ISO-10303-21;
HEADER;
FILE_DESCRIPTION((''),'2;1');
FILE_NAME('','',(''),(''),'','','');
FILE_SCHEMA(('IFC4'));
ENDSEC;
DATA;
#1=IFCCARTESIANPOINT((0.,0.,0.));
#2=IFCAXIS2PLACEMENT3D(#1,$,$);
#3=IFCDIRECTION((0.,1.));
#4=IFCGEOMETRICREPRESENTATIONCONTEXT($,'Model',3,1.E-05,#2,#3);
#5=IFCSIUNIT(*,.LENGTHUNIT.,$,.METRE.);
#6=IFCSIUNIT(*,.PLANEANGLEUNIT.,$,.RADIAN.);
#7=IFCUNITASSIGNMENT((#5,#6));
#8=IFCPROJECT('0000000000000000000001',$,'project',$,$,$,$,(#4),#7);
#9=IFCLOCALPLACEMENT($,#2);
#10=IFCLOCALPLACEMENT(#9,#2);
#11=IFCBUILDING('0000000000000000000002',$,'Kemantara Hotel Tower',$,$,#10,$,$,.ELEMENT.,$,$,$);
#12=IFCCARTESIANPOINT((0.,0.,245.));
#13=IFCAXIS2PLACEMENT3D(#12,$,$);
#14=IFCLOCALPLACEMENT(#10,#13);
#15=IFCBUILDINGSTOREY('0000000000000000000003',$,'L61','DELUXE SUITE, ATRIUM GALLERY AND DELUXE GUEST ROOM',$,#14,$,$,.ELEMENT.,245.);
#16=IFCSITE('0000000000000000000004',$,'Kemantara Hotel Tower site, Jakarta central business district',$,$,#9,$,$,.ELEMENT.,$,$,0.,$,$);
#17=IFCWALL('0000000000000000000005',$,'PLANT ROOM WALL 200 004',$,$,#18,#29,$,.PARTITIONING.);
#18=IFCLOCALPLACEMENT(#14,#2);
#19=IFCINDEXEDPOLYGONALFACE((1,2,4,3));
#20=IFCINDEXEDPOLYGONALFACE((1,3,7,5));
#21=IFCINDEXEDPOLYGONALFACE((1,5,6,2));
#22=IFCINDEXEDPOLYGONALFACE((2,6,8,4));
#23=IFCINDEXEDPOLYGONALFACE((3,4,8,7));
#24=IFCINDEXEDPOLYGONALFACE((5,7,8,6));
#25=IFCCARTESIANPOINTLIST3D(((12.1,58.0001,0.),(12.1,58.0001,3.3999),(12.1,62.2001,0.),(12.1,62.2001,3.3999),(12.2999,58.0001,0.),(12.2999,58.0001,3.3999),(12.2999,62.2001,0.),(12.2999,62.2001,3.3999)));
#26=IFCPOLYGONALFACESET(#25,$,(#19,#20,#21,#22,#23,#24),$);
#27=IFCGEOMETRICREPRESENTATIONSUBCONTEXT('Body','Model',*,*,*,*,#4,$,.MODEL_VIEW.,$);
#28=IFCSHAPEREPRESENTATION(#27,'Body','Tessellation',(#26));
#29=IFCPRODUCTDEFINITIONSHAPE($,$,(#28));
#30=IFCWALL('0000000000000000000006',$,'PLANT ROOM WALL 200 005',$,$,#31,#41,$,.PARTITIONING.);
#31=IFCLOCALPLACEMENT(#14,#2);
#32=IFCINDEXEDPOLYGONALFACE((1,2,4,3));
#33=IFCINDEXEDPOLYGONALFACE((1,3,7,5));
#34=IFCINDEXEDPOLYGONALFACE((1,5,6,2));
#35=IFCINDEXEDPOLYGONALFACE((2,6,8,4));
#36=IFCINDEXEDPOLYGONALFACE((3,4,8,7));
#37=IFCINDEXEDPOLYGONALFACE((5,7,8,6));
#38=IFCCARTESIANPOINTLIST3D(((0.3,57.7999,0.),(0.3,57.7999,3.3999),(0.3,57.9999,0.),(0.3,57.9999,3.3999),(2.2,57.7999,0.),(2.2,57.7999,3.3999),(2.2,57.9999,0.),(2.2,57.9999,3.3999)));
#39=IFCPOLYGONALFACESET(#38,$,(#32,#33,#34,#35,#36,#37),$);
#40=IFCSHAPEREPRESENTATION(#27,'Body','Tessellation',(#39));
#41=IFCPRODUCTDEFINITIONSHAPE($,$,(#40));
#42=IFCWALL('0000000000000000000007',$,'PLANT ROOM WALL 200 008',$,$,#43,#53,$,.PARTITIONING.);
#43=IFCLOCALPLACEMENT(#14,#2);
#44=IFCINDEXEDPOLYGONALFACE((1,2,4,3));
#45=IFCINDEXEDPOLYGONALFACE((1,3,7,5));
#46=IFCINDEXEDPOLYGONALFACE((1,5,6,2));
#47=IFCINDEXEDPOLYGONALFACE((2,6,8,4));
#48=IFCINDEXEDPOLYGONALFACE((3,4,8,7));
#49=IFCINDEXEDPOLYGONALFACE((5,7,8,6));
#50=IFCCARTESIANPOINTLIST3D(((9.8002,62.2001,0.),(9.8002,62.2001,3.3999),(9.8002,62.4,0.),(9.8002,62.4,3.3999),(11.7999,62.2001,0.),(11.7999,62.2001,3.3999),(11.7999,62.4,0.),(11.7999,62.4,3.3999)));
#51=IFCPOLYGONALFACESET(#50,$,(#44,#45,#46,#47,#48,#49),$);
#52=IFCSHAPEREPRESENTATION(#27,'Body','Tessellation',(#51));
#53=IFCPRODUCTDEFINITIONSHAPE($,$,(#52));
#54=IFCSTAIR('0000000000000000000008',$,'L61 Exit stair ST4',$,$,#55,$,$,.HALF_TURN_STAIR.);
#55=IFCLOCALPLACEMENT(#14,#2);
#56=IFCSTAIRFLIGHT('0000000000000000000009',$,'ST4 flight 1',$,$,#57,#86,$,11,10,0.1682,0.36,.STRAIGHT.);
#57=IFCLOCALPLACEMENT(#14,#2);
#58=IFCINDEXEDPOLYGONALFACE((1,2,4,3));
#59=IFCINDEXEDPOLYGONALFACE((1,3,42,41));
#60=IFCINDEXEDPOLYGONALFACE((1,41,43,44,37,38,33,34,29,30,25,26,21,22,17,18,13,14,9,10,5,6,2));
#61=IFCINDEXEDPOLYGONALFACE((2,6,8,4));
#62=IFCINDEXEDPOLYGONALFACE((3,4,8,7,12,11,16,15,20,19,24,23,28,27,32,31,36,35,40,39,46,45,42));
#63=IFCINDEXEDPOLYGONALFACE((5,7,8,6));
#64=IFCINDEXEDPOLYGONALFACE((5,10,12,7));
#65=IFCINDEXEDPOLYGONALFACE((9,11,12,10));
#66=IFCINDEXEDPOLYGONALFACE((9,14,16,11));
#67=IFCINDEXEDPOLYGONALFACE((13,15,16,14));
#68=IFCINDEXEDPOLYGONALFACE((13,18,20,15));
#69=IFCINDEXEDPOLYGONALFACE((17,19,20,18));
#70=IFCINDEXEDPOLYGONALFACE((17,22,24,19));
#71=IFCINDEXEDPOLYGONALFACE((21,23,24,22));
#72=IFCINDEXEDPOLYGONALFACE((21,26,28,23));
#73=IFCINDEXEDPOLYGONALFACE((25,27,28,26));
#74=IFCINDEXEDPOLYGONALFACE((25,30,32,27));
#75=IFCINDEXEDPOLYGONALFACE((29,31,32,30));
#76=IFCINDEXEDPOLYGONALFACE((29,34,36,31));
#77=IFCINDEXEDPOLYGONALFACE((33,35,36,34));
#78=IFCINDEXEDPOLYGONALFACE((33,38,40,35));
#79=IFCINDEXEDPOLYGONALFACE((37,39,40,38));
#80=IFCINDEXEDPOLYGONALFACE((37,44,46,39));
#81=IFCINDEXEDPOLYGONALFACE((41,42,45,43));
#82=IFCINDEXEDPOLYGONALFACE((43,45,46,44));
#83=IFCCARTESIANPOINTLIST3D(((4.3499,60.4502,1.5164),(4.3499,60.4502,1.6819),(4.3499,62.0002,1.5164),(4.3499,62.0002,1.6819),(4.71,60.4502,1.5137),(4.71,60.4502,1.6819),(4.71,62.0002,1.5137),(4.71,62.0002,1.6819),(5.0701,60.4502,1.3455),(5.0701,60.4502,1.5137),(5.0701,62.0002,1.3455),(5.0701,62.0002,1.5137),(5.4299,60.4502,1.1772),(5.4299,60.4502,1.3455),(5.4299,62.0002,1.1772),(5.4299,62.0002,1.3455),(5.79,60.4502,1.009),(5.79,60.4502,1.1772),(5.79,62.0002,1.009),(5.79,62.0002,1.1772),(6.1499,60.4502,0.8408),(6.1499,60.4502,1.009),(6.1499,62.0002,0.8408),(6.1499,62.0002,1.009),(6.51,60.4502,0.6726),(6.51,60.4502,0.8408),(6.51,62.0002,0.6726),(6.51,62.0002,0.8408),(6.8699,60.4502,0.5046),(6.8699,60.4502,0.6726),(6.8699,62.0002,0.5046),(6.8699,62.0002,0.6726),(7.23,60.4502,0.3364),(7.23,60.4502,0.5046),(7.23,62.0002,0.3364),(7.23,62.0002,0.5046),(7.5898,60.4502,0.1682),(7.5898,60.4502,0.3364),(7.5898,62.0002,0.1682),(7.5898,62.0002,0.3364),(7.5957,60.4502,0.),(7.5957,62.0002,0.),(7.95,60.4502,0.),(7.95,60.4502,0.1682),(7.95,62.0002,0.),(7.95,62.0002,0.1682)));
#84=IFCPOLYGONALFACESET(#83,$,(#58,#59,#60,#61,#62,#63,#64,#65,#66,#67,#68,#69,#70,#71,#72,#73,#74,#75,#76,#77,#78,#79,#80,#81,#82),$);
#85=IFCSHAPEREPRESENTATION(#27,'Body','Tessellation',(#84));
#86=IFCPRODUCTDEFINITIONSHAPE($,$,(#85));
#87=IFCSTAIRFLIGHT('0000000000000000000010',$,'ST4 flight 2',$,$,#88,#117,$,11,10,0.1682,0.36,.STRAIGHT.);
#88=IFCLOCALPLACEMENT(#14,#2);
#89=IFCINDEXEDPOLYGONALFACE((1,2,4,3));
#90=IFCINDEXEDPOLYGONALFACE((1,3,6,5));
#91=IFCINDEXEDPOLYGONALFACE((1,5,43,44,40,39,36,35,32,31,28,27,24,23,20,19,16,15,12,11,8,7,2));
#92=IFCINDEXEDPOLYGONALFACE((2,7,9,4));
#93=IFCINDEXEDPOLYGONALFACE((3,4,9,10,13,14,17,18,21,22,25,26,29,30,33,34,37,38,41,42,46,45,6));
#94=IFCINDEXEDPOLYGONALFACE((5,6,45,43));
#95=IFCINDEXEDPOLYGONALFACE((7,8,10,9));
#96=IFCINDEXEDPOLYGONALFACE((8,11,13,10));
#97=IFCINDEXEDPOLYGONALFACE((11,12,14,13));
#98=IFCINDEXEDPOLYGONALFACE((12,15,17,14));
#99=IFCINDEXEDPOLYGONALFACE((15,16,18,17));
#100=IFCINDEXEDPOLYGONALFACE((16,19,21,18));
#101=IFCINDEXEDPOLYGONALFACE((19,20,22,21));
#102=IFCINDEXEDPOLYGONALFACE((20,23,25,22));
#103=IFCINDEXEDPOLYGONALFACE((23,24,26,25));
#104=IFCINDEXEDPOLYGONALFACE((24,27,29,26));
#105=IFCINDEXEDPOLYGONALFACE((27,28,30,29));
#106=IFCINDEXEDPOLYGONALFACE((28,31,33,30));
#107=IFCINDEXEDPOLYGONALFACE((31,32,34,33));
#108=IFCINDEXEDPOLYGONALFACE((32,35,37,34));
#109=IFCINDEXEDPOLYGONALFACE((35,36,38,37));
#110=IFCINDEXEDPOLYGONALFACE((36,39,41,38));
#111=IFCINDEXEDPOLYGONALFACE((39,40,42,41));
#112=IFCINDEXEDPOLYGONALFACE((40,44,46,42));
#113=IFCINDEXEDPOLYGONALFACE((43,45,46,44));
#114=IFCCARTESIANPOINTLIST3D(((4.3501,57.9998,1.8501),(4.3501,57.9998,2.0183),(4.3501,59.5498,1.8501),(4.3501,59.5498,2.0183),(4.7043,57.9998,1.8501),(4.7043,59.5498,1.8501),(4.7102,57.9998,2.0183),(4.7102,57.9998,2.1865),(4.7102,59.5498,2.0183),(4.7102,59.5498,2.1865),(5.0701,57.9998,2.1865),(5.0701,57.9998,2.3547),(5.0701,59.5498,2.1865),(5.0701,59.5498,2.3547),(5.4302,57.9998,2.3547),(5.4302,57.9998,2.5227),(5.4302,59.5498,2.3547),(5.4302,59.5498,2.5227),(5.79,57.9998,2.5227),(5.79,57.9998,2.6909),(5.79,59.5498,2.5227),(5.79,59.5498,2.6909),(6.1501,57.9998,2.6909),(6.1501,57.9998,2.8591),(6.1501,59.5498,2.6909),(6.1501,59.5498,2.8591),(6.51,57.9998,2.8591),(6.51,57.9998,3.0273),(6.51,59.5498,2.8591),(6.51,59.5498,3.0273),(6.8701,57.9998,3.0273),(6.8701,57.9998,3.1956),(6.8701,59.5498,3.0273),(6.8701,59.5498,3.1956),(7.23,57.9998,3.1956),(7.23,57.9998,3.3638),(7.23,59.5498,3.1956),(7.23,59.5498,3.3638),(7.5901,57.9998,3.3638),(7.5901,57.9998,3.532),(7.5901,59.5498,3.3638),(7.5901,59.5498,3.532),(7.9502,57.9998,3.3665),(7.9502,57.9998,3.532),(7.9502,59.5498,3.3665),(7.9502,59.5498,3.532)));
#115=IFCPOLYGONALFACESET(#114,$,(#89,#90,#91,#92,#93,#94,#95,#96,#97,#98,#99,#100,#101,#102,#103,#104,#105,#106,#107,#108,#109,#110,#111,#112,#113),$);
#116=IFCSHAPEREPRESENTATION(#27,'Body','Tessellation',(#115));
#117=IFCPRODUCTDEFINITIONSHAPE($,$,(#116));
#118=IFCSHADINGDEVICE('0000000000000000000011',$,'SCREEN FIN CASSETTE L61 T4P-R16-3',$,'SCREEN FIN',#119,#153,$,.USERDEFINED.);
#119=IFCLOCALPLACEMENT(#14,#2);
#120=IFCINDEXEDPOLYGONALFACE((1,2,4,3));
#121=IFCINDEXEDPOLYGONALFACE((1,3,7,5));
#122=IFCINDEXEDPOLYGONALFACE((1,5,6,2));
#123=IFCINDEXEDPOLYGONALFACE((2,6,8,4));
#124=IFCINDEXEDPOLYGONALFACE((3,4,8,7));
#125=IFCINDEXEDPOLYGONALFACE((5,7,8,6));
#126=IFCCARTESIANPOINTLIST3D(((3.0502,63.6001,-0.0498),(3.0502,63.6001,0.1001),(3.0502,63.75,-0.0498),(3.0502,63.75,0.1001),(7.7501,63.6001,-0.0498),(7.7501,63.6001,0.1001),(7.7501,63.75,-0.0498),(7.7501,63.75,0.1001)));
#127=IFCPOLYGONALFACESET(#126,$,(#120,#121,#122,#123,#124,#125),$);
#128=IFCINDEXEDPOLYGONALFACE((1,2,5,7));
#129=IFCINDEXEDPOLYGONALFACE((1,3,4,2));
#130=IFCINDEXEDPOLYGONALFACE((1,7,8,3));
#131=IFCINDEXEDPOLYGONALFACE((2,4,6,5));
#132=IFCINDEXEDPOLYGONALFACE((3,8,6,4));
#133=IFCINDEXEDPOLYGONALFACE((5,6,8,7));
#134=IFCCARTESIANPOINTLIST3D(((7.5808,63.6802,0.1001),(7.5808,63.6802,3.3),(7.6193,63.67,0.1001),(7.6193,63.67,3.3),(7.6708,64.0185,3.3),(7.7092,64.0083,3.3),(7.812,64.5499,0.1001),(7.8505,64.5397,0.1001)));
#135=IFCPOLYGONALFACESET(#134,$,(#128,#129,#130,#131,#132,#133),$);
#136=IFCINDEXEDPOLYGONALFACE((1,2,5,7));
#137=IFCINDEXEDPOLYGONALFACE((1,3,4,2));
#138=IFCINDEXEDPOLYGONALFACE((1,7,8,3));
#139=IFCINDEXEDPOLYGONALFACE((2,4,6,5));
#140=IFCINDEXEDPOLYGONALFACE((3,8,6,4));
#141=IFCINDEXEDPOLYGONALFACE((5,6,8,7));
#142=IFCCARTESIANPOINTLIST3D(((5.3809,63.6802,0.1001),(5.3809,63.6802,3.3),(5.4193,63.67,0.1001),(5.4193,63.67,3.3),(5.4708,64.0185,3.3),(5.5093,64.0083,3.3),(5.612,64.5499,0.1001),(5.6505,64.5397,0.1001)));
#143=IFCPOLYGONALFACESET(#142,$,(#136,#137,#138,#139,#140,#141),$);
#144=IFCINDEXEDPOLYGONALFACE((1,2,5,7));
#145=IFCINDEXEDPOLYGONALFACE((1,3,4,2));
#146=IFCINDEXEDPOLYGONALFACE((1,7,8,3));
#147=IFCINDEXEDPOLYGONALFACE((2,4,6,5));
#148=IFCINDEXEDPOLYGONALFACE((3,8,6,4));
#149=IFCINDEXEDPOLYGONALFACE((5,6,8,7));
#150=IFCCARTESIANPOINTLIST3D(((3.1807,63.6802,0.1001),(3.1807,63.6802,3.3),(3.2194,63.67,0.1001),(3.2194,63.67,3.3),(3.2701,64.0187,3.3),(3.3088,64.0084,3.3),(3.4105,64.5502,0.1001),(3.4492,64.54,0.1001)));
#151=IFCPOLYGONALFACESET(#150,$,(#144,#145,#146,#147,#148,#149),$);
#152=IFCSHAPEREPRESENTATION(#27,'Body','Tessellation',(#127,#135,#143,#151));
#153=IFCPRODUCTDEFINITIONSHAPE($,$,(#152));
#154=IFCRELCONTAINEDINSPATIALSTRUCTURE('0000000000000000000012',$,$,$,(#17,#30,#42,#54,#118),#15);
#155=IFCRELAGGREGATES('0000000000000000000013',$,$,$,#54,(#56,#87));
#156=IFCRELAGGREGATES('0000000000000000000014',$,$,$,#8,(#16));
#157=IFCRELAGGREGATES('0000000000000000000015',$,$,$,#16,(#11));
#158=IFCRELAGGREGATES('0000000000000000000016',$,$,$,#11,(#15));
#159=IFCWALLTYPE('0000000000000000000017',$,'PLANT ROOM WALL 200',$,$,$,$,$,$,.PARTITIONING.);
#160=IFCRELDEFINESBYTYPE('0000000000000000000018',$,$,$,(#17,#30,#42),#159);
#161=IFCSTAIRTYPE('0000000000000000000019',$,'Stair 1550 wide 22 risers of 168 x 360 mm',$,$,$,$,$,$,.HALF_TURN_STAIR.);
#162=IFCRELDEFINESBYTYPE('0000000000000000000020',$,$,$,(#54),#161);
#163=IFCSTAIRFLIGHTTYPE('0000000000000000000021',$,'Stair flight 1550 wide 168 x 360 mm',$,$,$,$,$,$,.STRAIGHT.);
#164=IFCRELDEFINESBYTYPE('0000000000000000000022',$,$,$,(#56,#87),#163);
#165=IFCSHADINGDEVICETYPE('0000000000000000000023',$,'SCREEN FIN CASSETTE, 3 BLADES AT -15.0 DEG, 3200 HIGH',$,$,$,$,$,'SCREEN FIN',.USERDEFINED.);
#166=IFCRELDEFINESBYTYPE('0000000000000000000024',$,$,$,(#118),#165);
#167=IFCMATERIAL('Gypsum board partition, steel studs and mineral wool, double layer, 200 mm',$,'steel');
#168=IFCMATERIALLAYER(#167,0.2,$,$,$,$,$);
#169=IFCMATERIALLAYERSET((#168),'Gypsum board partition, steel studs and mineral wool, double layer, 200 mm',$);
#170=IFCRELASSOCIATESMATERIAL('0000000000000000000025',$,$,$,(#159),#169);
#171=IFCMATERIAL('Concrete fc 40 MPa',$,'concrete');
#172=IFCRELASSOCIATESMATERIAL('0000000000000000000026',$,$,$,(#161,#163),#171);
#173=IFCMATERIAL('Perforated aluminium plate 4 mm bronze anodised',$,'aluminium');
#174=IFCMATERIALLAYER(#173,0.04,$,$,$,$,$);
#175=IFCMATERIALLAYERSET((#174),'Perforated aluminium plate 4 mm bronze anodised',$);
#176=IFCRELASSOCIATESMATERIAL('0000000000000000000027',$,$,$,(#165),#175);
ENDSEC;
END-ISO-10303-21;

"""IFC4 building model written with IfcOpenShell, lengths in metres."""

from ifc_helpers import new_model, si_unit, direction, frame, frame_2d, origin, origin_2d, place, context, subcontext, project, spatial, polyline, rectangle, outline, extrude, source, transform, mapped, material, layer, layer_set, type_object, element, aggregate, save


model = new_model("IFC4")

# Units and contexts
model_context = context("Model", 3, precision=1e-05, world=origin(), true_north=direction((0.0, 1.0)))
body_context = subcontext(model_context, "Body", "Model", "MODEL_VIEW")
ifc_project = project(units=[si_unit("LENGTHUNIT", "METRE"), si_unit("PLANEANGLEUNIT", "RADIAN")], contexts=[model_context])

# Site, building, storey
site_placement = place(None, origin())
site = spatial("IfcSite", under=ifc_project, at=site_placement, Name="Kemantara Hotel Tower site, Jakarta central business district", CompositionType="ELEMENT", RefElevation=0.0)
building_placement = place(site_placement, origin())
building = spatial("IfcBuilding", under=site, at=building_placement, Name="Kemantara Hotel Tower", CompositionType="ELEMENT")
storey_placement = place(building_placement, frame((0.0, 0.0, 245.0)))
storey = spatial("IfcBuildingStorey", under=building, at=storey_placement, Name="L61", Description="DELUXE SUITE, ATRIUM GALLERY AND DELUXE GUEST ROOM", CompositionType="ELEMENT", Elevation=245.0)

# Shared definitions
ifc_material_1 = material(Name="Concrete fc 40 MPa", Category="concrete")

# Shared definitions
ifc_material_2 = material(Name="Gypsum board partition, steel studs and mineral wool, double layer, 200 mm", Category="steel")
ifc_layer_1 = layer(ifc_material_2, 0.2)
ifc_layer_set_1 = layer_set([ifc_layer_1], Name="Gypsum board partition, steel studs and mineral wool, double layer, 200 mm")
wall_type_1 = type_object("IfcWallType", Name="PLANT ROOM WALL 200", PredefinedType="PARTITIONING", material=ifc_layer_set_1)

# Walls
wall_1_placement = place(storey_placement, frame((12.2, 58.0, 0.0), z_axis=(0.0, 0.0, 1.0), x_axis=(0.0, 1.0, 0.0)))
element("IfcWall", 1, at=wall_1_placement, inside=storey, type_object=wall_type_1, Name="PLANT ROOM WALL 200 004", PredefinedType="PARTITIONING", context=body_context, shape_type="SweptSolid", body=[
    extrude(rectangle(XDim=4.2, YDim=0.2, at=frame_2d((2.1001, 0.0))), origin(), (0.0, 0.0, 1.0), 3.3999),
])
wall_2_placement = place(storey_placement, frame((0.3, 57.8999, 0.0), z_axis=(0.0, 0.0, 1.0), x_axis=(1.0, 0.0, 0.0)))
element("IfcWall", 2, at=wall_2_placement, inside=storey, type_object=wall_type_1, Name="PLANT ROOM WALL 200 005", PredefinedType="PARTITIONING", context=body_context, shape_type="SweptSolid", body=[
    extrude(rectangle(XDim=1.8999, YDim=0.2, at=frame_2d((0.95, 0.0))), origin(), (0.0, 0.0, 1.0), 3.3999),
])
wall_3_placement = place(storey_placement, frame((9.8, 62.3, 0.0), z_axis=(0.0, 0.0, 1.0), x_axis=(1.0, 0.0, 0.0)))
element("IfcWall", 3, at=wall_3_placement, inside=storey, type_object=wall_type_1, Name="PLANT ROOM WALL 200 008", PredefinedType="PARTITIONING", context=body_context, shape_type="SweptSolid", body=[
    extrude(rectangle(XDim=1.9998, YDim=0.2, at=frame_2d((1.0, 0.0))), origin(), (0.0, 0.0, 1.0), 3.3999),
])

# Stair, stair flights
stair_type = type_object("IfcStairType", Name="Stair 1550 wide 22 risers of 168 x 360 mm", PredefinedType="HALF_TURN_STAIR", material=ifc_material_1)
stair_placement = place(storey_placement, origin())
stair = element("IfcStair", 4, at=stair_placement, inside=storey, type_object=stair_type, Name="L61 Exit stair ST4", PredefinedType="HALF_TURN_STAIR")
stair_flight_type = type_object("IfcStairFlightType", Name="Stair flight 1550 wide 168 x 360 mm", PredefinedType="STRAIGHT", material=ifc_material_1)
stair_flight_1_placement = place(storey_placement, frame((7.95, 61.2251, 0.0), z_axis=(0.0, 0.0, 1.0), x_axis=(-1.0, 0.0, 0.0)))
stair_flight_1 = element("IfcStairFlight", 5, at=stair_flight_1_placement, type_object=stair_flight_type, Name="ST4 flight 1", NumberOfRisers=11, NumberOfTreads=10, PredefinedType="STRAIGHT", RiserHeight=0.1682, TreadLength=0.36, context=body_context, shape_type="SweptSolid", body=[
    extrude(outline(polyline([(0.0, 0.0), (0.0, 0.1682), (0.3601, 0.1682), (0.3601, 0.3364), (0.72, 0.3364), (0.72, 0.5046), (1.0801, 0.5046), (1.0801, 0.6726), (1.4399, 0.6726), (1.4399, 0.8408), (1.8, 0.8408), (1.8, 1.009), (2.1599, 1.009), (2.1599, 1.1772), (2.52, 1.1772), (2.52, 1.3455), (2.8799, 1.3455), (2.8799, 1.5137), (3.24, 1.5137), (3.24, 1.6819), (3.6001, 1.6819), (3.6001, 1.8501), (3.6001, 1.5164), (0.3542, 0.0), (0.0, 0.0)])), frame((0.0, 0.7749, 0.0), z_axis=(0.0, -1.0, 0.0), x_axis=(1.0, 0.0, 0.0)), (0.0, 0.0, 1.0), 1.55),
])
stair_flight_2_placement = place(storey_placement, frame((4.3501, 58.7749, 1.8501), z_axis=(0.0, 0.0, 1.0), x_axis=(1.0, 0.0, 0.0)))
stair_flight_2 = element("IfcStairFlight", 6, at=stair_flight_2_placement, type_object=stair_flight_type, Name="ST4 flight 2", NumberOfRisers=11, NumberOfTreads=10, PredefinedType="STRAIGHT", RiserHeight=0.1682, TreadLength=0.36, context=body_context, shape_type="SweptSolid", body=[
    extrude(outline(polyline([(0.0, 0.0), (0.0, 0.1682), (0.3601, 0.1682), (0.3601, 0.3364), (0.72, 0.3364), (0.72, 0.5046), (1.0801, 0.5046), (1.0801, 0.6726), (1.4399, 0.6726), (1.4399, 0.8408), (1.8, 0.8408), (1.8, 1.009), (2.1599, 1.009), (2.1599, 1.1772), (2.52, 1.1772), (2.52, 1.3455), (2.8799, 1.3455), (2.8799, 1.5137), (3.24, 1.5137), (3.24, 1.6819), (3.6001, 1.6819), (3.6001, 1.8501), (3.6001, 1.5164), (0.3542, 0.0), (0.0, 0.0)])), frame((0.0, 0.7749, 0.0), z_axis=(0.0, -1.0, 0.0), x_axis=(1.0, 0.0, 0.0)), (0.0, 0.0, 1.0), 1.55),
])
aggregate(stair, [stair_flight_1, stair_flight_2])

# Shading device
ifc_material_3 = material(Name="Perforated aluminium plate 4 mm bronze anodised", Category="aluminium")
ifc_layer_2 = layer(ifc_material_3, 0.04)
ifc_layer_set_2 = layer_set([ifc_layer_2], Name="Perforated aluminium plate 4 mm bronze anodised")
shading_device_type_1 = type_object("IfcShadingDeviceType", Name="SCREEN FIN CASSETTE, 3 BLADES AT -15.0 DEG, 3200 HIGH", ElementType="SCREEN FIN", PredefinedType="USERDEFINED", material=ifc_layer_set_2)
shared_shape_1 = source(origin(), body_context, "Body", "SweptSolid", [
    extrude(rectangle(XDim=4.7, YDim=0.1499, at=origin_2d()), frame((2.2, -0.075, -0.1499), z_axis=(0.0, 0.0, 1.0), x_axis=(1.0, 0.0, 0.0)), (0.0, 0.0, 1.0), 0.1499),
    extrude(outline(polyline([(0.0, 0.0), (0.8999, 0.0), (0.3501, 3.2), (0.0, 3.2), (0.0, 0.0)])), frame((0.0193, -0.0801, 0.0), z_axis=(-0.966438, 0.256901, 0.0), x_axis=(-0.256901, -0.966438, 0.0)), (0.0, 0.0, 1.0), 0.0398),
    extrude(outline(polyline([(0.0, 0.0), (0.8999, 0.0), (0.3501, 3.2), (0.0, 3.2), (0.0, 0.0)])), frame((2.2192, -0.0801, 0.0), z_axis=(-0.966438, 0.256901, 0.0), x_axis=(-0.256901, -0.966438, 0.0)), (0.0, 0.0, 1.0), 0.0398),
    extrude(outline(polyline([(0.0, 0.0), (0.8999, 0.0), (0.3501, 3.2), (0.0, 3.2), (0.0, 0.0)])), frame((4.4194, -0.0801, 0.0), z_axis=(-0.966838, 0.255391, 0.0), x_axis=(-0.255391, -0.966838, 0.0)), (0.0, 0.0, 1.0), 0.04),
])
shading_device_1_placement = place(storey_placement, frame((7.6001, 63.6001, 0.1001), z_axis=(0.0, 0.0, 1.0), x_axis=(-1.0, 0.0, 0.0)))
element("IfcShadingDevice", 7, at=shading_device_1_placement, inside=storey, type_object=shading_device_type_1, Name="SCREEN FIN CASSETTE L61 T4P-R16-3", ObjectType="SCREEN FIN", PredefinedType="USERDEFINED", context=body_context, shape_type="MappedRepresentation", body=[
    mapped(shared_shape_1, transform((0.0, 0.0, 0.0))),
])

save(model, "model.ifc")
